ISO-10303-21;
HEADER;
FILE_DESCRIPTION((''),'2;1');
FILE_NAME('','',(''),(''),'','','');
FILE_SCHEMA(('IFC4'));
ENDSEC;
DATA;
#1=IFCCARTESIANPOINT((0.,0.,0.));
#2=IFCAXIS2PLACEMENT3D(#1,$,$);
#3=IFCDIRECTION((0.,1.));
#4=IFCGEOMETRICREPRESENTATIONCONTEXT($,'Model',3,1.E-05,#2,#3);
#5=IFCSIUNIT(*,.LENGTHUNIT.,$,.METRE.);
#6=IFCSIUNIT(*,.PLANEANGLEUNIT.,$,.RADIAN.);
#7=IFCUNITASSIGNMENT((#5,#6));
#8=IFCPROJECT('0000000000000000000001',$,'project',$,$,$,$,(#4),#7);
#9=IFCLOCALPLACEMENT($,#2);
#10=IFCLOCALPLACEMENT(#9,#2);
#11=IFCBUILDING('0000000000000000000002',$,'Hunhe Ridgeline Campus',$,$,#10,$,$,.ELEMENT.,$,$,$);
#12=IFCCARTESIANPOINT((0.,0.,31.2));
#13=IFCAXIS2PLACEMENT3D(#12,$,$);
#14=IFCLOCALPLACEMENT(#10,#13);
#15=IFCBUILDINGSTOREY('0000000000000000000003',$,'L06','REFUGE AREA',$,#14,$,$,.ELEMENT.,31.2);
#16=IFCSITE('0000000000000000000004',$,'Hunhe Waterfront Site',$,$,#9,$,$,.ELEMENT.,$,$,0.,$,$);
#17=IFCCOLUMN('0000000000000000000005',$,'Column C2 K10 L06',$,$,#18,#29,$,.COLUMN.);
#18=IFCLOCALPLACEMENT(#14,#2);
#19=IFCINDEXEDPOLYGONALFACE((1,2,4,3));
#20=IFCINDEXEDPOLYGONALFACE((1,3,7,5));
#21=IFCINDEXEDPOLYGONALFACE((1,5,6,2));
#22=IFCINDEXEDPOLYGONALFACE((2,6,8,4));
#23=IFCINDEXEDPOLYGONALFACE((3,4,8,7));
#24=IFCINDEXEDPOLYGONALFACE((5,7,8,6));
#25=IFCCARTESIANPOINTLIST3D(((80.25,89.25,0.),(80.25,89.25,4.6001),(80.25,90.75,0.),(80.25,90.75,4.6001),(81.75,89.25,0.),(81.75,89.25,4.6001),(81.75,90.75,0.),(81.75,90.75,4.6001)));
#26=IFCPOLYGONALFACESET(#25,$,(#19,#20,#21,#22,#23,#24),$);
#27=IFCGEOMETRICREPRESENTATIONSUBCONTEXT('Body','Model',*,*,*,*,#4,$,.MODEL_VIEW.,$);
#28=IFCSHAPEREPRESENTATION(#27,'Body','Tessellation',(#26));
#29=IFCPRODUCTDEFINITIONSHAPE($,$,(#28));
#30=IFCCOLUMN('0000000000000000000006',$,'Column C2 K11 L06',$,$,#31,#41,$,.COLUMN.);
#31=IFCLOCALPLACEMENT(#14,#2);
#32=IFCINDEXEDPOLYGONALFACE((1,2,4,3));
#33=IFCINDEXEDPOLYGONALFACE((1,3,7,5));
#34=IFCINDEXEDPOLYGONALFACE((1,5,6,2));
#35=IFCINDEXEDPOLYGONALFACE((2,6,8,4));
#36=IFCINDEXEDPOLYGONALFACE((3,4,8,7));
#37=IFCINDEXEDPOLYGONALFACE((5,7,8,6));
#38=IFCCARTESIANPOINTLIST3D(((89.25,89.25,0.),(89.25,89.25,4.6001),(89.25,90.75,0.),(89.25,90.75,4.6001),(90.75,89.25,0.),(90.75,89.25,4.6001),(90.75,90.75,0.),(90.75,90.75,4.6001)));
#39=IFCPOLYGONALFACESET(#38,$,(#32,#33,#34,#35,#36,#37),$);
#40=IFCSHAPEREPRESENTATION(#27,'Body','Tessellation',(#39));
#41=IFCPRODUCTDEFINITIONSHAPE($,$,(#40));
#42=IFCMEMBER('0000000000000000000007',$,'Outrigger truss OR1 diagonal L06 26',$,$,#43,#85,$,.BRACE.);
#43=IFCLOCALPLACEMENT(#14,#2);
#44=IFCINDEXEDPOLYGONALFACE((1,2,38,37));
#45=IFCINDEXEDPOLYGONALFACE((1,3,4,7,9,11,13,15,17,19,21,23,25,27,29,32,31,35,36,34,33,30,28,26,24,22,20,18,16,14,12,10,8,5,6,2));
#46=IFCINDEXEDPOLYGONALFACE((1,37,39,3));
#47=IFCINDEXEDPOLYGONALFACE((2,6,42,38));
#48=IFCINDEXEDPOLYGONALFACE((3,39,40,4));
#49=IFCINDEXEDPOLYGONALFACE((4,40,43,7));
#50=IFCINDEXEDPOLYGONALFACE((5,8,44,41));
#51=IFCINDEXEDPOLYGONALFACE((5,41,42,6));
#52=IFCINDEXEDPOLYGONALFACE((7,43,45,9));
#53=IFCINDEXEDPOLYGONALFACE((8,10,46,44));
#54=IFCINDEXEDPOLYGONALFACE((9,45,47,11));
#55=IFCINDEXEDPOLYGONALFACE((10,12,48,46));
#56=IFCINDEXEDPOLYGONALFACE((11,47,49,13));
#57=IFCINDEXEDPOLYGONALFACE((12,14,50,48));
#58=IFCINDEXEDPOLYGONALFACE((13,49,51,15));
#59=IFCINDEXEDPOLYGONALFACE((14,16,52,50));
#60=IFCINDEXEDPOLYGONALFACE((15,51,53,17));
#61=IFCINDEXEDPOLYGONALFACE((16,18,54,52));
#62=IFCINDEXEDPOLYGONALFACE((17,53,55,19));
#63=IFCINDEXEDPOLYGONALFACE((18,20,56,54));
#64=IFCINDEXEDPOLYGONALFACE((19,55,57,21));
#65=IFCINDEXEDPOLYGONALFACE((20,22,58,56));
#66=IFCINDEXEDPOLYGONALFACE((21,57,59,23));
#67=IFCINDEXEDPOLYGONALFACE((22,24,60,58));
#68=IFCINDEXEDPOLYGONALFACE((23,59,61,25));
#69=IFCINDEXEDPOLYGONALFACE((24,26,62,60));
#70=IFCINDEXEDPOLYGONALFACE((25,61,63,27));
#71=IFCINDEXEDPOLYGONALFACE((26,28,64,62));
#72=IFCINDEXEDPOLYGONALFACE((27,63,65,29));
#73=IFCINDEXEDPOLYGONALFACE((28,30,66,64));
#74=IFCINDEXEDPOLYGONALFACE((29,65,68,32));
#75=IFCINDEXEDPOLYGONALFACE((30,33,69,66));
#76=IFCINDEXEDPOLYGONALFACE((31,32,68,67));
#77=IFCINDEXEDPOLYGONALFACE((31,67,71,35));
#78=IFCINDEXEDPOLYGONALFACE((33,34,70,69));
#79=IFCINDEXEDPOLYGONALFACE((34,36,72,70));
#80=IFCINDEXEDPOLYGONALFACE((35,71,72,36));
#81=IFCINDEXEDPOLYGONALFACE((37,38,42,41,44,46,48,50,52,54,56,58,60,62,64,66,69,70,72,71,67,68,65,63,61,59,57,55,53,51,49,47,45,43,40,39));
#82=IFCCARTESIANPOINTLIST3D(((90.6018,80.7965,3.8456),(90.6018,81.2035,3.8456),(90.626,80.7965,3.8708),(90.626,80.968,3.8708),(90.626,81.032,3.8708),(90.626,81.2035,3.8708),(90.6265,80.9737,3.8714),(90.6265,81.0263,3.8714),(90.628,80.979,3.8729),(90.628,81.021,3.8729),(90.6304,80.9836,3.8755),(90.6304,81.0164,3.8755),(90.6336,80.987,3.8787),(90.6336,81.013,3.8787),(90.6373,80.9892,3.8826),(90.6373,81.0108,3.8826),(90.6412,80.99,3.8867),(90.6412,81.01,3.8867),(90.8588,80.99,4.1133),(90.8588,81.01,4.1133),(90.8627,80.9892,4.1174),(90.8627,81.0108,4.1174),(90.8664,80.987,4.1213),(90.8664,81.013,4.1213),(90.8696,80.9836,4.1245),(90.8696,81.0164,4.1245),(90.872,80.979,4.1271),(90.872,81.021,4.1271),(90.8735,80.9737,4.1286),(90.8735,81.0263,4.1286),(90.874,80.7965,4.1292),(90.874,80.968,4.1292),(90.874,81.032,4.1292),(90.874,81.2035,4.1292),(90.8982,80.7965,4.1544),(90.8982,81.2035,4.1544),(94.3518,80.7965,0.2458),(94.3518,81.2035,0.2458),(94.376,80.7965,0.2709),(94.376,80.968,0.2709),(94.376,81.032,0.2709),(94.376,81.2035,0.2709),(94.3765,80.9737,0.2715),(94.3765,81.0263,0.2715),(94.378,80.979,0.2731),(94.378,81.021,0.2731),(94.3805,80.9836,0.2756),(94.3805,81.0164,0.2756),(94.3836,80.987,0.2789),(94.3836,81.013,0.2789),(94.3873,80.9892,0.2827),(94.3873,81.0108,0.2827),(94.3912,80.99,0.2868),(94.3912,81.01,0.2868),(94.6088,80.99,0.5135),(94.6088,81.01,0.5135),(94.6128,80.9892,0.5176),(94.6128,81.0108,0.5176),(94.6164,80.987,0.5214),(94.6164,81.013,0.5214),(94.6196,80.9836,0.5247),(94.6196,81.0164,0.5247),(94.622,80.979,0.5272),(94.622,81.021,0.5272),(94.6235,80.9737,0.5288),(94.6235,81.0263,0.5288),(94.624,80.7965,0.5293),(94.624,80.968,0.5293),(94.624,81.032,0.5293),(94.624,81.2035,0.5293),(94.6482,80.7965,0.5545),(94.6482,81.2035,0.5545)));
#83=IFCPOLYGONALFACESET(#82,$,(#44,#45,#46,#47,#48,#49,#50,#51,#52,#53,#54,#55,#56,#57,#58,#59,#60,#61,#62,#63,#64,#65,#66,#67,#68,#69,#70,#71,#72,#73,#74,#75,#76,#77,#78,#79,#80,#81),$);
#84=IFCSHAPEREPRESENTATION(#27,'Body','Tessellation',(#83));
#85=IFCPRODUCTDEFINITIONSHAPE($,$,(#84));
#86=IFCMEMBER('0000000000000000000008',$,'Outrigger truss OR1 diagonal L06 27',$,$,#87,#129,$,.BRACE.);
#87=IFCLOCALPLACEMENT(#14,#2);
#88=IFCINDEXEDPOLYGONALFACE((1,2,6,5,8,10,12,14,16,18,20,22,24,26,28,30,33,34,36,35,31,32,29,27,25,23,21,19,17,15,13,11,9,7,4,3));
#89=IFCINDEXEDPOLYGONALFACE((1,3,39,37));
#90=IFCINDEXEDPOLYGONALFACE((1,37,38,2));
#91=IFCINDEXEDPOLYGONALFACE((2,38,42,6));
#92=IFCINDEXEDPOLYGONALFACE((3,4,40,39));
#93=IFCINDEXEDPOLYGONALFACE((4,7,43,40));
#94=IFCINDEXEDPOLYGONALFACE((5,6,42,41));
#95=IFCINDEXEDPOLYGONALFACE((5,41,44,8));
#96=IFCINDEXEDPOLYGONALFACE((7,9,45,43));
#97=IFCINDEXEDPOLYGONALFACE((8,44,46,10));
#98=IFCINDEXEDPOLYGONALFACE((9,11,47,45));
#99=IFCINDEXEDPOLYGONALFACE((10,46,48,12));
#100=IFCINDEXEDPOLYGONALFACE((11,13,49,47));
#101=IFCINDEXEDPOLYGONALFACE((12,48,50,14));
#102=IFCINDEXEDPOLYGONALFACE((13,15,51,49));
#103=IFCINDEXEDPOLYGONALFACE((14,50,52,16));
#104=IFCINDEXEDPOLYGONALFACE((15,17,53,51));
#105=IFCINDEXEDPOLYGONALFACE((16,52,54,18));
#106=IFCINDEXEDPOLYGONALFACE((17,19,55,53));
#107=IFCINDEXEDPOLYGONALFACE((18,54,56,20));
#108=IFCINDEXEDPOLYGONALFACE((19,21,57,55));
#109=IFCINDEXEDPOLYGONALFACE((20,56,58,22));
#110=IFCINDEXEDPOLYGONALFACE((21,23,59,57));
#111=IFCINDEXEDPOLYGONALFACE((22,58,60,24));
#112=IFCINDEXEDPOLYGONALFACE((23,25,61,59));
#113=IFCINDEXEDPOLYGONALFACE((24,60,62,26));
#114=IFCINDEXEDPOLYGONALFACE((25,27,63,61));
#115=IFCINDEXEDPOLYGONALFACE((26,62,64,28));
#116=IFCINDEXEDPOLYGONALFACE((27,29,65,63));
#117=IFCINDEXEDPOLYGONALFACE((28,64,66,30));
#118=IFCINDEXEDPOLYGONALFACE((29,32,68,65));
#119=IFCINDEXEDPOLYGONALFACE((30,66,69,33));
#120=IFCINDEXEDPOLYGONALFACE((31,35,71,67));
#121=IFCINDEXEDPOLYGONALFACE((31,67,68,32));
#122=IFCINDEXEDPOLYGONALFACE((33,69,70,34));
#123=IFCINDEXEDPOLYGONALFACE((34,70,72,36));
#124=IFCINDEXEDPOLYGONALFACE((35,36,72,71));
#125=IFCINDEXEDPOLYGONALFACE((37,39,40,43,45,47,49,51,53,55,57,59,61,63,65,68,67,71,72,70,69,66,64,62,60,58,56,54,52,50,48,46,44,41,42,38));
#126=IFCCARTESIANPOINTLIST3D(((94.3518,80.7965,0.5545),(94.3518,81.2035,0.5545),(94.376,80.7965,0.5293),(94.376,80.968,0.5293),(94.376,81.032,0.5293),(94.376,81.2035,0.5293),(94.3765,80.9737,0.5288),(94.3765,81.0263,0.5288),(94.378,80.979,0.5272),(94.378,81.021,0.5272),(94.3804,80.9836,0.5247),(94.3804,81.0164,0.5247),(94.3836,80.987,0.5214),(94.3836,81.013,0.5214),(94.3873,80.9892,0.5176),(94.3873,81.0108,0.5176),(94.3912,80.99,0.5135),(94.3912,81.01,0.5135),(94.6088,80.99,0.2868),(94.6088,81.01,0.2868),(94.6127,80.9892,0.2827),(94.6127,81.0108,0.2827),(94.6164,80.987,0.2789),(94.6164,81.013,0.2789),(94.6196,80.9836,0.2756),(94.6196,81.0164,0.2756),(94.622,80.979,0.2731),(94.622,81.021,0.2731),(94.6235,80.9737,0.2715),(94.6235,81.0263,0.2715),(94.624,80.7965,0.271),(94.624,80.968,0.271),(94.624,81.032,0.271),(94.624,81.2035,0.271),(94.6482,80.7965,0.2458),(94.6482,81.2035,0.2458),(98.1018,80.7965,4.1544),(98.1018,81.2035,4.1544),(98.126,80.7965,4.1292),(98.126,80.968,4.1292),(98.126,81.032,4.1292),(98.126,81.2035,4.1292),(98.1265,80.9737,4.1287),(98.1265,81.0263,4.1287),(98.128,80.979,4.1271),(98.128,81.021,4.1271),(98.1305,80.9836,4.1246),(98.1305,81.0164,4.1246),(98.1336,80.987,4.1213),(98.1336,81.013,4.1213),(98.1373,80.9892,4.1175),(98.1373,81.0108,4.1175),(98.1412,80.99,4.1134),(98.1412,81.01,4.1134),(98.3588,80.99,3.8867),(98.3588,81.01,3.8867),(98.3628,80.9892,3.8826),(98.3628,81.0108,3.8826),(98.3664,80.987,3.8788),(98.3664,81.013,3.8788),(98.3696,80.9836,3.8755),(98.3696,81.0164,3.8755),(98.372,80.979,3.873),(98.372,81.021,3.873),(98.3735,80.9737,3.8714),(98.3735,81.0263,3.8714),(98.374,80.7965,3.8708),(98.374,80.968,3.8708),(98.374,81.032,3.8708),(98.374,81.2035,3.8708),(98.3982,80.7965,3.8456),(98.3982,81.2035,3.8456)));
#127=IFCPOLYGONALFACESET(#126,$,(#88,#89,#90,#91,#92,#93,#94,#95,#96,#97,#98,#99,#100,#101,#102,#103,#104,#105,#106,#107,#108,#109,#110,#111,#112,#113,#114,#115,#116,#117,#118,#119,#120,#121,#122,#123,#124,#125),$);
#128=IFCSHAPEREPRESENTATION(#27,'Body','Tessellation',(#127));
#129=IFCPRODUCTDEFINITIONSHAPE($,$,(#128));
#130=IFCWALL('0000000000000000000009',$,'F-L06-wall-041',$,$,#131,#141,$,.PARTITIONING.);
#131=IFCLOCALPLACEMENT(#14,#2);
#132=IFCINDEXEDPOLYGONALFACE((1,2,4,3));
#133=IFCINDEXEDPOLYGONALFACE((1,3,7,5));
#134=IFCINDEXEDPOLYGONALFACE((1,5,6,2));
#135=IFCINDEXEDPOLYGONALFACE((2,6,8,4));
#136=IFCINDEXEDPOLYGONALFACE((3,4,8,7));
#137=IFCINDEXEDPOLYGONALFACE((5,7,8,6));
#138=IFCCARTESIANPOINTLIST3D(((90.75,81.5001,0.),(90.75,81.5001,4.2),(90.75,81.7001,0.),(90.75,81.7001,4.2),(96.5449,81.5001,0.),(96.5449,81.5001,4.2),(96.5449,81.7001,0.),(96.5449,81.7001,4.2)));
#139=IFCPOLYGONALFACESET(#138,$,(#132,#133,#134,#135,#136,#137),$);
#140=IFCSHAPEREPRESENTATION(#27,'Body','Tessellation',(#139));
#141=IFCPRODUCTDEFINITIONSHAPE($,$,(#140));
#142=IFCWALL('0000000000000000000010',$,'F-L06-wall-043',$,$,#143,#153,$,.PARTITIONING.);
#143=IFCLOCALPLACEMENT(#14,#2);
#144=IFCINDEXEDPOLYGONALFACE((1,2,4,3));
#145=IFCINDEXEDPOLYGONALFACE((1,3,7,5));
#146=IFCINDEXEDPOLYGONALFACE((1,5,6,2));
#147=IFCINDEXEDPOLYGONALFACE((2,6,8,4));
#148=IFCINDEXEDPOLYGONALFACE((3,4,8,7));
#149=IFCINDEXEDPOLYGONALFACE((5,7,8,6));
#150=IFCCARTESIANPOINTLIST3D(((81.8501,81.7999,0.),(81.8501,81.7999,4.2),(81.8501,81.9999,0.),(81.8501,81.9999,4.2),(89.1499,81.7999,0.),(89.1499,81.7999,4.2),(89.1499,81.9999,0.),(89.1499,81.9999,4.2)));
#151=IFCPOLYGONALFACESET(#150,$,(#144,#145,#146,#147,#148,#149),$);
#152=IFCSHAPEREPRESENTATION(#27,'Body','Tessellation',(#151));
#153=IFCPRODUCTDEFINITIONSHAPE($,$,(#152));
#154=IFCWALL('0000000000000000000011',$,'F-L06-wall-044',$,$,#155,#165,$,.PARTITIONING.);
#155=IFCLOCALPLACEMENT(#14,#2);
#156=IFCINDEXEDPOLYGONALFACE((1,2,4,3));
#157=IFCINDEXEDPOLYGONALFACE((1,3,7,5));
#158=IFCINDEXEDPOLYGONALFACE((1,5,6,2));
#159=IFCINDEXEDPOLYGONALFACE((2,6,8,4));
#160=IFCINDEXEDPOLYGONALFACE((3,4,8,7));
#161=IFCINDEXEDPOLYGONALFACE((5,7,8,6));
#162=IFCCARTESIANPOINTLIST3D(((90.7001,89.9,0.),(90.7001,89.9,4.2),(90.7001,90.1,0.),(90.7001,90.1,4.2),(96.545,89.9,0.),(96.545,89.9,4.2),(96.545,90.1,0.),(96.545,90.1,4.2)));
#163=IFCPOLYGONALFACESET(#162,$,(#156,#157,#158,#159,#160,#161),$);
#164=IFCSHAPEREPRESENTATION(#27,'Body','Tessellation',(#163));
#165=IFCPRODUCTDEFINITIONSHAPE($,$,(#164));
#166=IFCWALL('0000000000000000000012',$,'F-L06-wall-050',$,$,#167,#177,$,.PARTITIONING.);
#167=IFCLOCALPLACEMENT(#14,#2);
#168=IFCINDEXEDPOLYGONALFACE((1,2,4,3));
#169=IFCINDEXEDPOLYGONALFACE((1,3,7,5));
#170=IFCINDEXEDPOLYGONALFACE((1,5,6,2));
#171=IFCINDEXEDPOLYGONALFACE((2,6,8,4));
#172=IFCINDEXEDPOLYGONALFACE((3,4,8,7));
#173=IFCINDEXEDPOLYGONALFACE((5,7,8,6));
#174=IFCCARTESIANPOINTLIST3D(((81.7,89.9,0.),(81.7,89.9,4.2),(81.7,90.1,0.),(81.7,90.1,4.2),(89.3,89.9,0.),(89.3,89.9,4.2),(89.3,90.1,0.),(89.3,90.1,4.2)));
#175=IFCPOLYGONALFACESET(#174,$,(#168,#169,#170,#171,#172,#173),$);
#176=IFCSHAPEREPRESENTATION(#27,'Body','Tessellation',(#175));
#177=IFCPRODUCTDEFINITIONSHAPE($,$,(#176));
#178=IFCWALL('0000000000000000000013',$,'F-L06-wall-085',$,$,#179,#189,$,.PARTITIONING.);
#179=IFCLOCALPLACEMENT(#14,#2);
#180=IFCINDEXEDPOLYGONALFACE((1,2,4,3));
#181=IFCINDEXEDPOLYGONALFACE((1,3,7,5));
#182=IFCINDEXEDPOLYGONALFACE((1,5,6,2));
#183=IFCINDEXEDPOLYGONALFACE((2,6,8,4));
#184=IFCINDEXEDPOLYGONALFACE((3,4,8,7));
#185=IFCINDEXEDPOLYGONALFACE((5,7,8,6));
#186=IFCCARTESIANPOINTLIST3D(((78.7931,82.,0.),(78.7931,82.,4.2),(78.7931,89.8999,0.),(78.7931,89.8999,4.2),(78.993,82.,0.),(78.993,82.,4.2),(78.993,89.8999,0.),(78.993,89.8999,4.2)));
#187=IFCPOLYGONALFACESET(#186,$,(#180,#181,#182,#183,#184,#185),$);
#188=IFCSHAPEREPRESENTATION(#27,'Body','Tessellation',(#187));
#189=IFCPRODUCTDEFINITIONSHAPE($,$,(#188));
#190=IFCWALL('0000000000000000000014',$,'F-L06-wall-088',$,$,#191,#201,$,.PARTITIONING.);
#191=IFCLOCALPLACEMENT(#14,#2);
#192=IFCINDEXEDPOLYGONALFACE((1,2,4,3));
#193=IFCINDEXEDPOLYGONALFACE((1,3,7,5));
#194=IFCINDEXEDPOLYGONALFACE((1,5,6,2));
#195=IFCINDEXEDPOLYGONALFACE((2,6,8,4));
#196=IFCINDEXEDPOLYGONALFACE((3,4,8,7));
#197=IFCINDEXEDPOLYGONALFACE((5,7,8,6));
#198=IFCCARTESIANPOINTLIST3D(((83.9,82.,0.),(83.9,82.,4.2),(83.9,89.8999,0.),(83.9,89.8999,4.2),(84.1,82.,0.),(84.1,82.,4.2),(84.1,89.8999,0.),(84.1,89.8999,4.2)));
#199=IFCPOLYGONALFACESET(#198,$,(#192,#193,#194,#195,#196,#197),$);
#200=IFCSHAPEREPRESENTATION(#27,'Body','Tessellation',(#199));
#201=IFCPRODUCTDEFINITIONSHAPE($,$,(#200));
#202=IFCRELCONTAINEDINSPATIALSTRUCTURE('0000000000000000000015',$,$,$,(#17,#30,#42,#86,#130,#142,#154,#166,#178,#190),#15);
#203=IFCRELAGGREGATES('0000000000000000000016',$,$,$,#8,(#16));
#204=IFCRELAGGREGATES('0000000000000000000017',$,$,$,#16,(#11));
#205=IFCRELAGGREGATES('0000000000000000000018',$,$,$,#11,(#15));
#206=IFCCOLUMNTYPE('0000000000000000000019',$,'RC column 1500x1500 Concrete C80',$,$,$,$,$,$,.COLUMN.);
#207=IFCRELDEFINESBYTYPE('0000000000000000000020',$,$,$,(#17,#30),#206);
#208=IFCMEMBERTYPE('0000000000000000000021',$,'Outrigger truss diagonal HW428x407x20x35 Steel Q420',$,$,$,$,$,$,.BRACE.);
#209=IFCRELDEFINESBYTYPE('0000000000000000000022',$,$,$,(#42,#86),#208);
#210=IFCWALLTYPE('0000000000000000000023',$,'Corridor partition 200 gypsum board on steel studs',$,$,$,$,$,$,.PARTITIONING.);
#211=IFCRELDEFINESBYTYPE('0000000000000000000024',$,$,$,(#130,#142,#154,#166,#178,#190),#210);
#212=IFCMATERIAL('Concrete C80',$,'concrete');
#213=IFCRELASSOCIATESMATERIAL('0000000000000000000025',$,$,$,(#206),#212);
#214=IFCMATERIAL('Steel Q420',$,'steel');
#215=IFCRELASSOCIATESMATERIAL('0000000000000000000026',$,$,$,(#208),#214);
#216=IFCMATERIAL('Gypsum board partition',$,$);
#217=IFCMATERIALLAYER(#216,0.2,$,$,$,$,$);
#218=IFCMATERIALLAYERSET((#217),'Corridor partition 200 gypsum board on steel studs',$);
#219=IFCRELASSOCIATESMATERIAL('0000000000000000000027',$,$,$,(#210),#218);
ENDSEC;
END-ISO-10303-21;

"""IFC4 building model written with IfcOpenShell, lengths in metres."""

from ifc_helpers import new_model, si_unit, direction, frame, frame_2d, origin, origin_2d, place, context, subcontext, project, spatial, rectangle, i_section, extrude, material, layer, layer_set, material_profile, profile_set, type_object, element, save


model = new_model("IFC4")

# Units and contexts
model_context = context("Model", 3, precision=1e-05, world=origin(), true_north=direction((0.0, 1.0)))
body_context = subcontext(model_context, "Body", "Model", "MODEL_VIEW")
ifc_project = project(units=[si_unit("LENGTHUNIT", "METRE"), si_unit("PLANEANGLEUNIT", "RADIAN")], contexts=[model_context])

# Site, building, storey
site_placement = place(None, origin())
site = spatial("IfcSite", under=ifc_project, at=site_placement, Name="Hunhe Waterfront Site", CompositionType="ELEMENT", RefElevation=0.0)
building_placement = place(site_placement, origin())
building = spatial("IfcBuilding", under=site, at=building_placement, Name="Hunhe Ridgeline Campus", CompositionType="ELEMENT")
storey_placement = place(building_placement, frame((0.0, 0.0, 31.2)))
storey = spatial("IfcBuildingStorey", under=building, at=storey_placement, Name="L06", Description="REFUGE AREA", CompositionType="ELEMENT", Elevation=31.2)

# Columns
ifc_material_1 = material(Name="Concrete C80", Category="concrete")
ifc_material_profile_1 = material_profile(ifc_material_1, rectangle(XDim=1.5, YDim=1.5, at=origin_2d()))
ifc_profile_set_1 = profile_set([ifc_material_profile_1], Name="Concrete C80")
column_type = type_object("IfcColumnType", Name="RC column 1500x1500 Concrete C80", PredefinedType="COLUMN", material=ifc_profile_set_1)
for number, where, z_axis, x_axis, name in (
    (1, (81.0, 90.0, 0.0), (0.0, 0.0, 1.0), (1.0, 0.0, 0.0), "Column C2 K10 L06"),
    (2, (90.0, 90.0, 0.0), (0.0, 0.0, 1.0), (1.0, 0.0, 0.0), "Column C2 K11 L06"),
):
    element("IfcColumn", number, at=place(storey_placement, frame(where, z_axis=z_axis, x_axis=x_axis)), inside=storey, type_object=column_type, Name=name, PredefinedType="COLUMN", context=body_context, shape_type="SweptSolid", body=[
        extrude(rectangle(XDim=1.5, YDim=1.5, at=origin_2d()), origin(), (0.0, 0.0, 1.0), 4.6001),
    ])

# Members
ifc_material_2 = material(Name="Steel Q420", Category="steel")
ifc_material_profile_2 = material_profile(ifc_material_2, i_section(OverallWidth=0.407, OverallDepth=0.428, WebThickness=0.02, FlangeThickness=0.0349, FilletRadius=0.022, at=origin_2d()))
ifc_profile_set_2 = profile_set([ifc_material_profile_2], Name="Steel Q420")
member_type = type_object("IfcMemberType", Name="Outrigger truss diagonal HW428x407x20x35 Steel Q420", PredefinedType="BRACE", material=ifc_profile_set_2)
for number, where, z_axis, x_axis, name in (
    (3, (90.75, 81.0, 4.0), (0.721401, 0.0, -0.692517), (0.0, 1.0, 0.0), "Outrigger truss OR1 diagonal L06 26"),
    (4, (94.5, 81.0, 0.4001), (0.721401, 0.0, 0.692517), (0.0, 1.0, 0.0), "Outrigger truss OR1 diagonal L06 27"),
):
    element("IfcMember", number, at=place(storey_placement, frame(where, z_axis=z_axis, x_axis=x_axis)), inside=storey, type_object=member_type, Name=name, PredefinedType="BRACE", context=body_context, shape_type="SweptSolid", body=[
        extrude(i_section(OverallWidth=0.407, OverallDepth=0.428, WebThickness=0.02, FlangeThickness=0.0349, FilletRadius=0.022, at=origin_2d()), origin(), (0.0, 0.0, 1.0), 5.1982),
    ])

# Walls
ifc_material_3 = material(Name="Gypsum board partition")
ifc_layer_1 = layer(ifc_material_3, 0.2)
ifc_layer_set_1 = layer_set([ifc_layer_1], Name="Corridor partition 200 gypsum board on steel studs")
wall_type_1 = type_object("IfcWallType", Name="Corridor partition 200 gypsum board on steel studs", PredefinedType="PARTITIONING", material=ifc_layer_set_1)
wall_1_placement = place(storey_placement, frame((90.75, 81.6001, 0.0), z_axis=(0.0, 0.0, 1.0), x_axis=(1.0, 0.0, 0.0)))
element("IfcWall", 5, at=wall_1_placement, inside=storey, type_object=wall_type_1, Name="F-L06-wall-041", PredefinedType="PARTITIONING", context=body_context, shape_type="SweptSolid", body=[
    extrude(rectangle(XDim=5.7949, YDim=0.2, at=frame_2d((2.8975, 0.0))), origin(), (0.0, 0.0, 1.0), 4.2),
])
wall_2_placement = place(storey_placement, frame((81.8501, 81.8999, 0.0), z_axis=(0.0, 0.0, 1.0), x_axis=(1.0, 0.0, 0.0)))
element("IfcWall", 6, at=wall_2_placement, inside=storey, type_object=wall_type_1, Name="F-L06-wall-043", PredefinedType="PARTITIONING", context=body_context, shape_type="SweptSolid", body=[
    extrude(rectangle(XDim=7.2998, YDim=0.2, at=frame_2d((3.6499, 0.0))), origin(), (0.0, 0.0, 1.0), 4.2),
])
wall_3_placement = place(storey_placement, frame((96.5449, 90.0, 0.0), z_axis=(0.0, 0.0, 1.0), x_axis=(-1.0, 0.0, 0.0)))
element("IfcWall", 7, at=wall_3_placement, inside=storey, type_object=wall_type_1, Name="F-L06-wall-044", PredefinedType="PARTITIONING", context=body_context, shape_type="SweptSolid", body=[
    extrude(rectangle(XDim=5.845, YDim=0.2, at=frame_2d((2.9224, 0.0))), origin(), (0.0, 0.0, 1.0), 4.2),
])

# Walls
wall_4_placement = place(storey_placement, frame((89.3, 90.0, 0.0), z_axis=(0.0, 0.0, 1.0), x_axis=(-1.0, 0.0, 0.0)))
element("IfcWall", 8, at=wall_4_placement, inside=storey, type_object=wall_type_1, Name="F-L06-wall-050", PredefinedType="PARTITIONING", context=body_context, shape_type="SweptSolid", body=[
    extrude(rectangle(XDim=7.6001, YDim=0.2, at=frame_2d((3.8, 0.0))), origin(), (0.0, 0.0, 1.0), 4.2),
])
for number, where, z_axis, x_axis, name in (
    (9, (78.8931, 89.8999, 0.0), (0.0, 0.0, 1.0), (0.0, -1.0, 0.0), "F-L06-wall-085"),
    (10, (84.0, 89.8999, 0.0), (0.0, 0.0, 1.0), (0.0, -1.0, 0.0), "F-L06-wall-088"),
):
    element("IfcWall", number, at=place(storey_placement, frame(where, z_axis=z_axis, x_axis=x_axis)), inside=storey, type_object=wall_type_1, Name=name, PredefinedType="PARTITIONING", context=body_context, shape_type="SweptSolid", body=[
        extrude(rectangle(XDim=7.8999, YDim=0.2, at=frame_2d((3.95, 0.0))), origin(), (0.0, 0.0, 1.0), 4.2),
    ])

save(model, "model.ifc")
